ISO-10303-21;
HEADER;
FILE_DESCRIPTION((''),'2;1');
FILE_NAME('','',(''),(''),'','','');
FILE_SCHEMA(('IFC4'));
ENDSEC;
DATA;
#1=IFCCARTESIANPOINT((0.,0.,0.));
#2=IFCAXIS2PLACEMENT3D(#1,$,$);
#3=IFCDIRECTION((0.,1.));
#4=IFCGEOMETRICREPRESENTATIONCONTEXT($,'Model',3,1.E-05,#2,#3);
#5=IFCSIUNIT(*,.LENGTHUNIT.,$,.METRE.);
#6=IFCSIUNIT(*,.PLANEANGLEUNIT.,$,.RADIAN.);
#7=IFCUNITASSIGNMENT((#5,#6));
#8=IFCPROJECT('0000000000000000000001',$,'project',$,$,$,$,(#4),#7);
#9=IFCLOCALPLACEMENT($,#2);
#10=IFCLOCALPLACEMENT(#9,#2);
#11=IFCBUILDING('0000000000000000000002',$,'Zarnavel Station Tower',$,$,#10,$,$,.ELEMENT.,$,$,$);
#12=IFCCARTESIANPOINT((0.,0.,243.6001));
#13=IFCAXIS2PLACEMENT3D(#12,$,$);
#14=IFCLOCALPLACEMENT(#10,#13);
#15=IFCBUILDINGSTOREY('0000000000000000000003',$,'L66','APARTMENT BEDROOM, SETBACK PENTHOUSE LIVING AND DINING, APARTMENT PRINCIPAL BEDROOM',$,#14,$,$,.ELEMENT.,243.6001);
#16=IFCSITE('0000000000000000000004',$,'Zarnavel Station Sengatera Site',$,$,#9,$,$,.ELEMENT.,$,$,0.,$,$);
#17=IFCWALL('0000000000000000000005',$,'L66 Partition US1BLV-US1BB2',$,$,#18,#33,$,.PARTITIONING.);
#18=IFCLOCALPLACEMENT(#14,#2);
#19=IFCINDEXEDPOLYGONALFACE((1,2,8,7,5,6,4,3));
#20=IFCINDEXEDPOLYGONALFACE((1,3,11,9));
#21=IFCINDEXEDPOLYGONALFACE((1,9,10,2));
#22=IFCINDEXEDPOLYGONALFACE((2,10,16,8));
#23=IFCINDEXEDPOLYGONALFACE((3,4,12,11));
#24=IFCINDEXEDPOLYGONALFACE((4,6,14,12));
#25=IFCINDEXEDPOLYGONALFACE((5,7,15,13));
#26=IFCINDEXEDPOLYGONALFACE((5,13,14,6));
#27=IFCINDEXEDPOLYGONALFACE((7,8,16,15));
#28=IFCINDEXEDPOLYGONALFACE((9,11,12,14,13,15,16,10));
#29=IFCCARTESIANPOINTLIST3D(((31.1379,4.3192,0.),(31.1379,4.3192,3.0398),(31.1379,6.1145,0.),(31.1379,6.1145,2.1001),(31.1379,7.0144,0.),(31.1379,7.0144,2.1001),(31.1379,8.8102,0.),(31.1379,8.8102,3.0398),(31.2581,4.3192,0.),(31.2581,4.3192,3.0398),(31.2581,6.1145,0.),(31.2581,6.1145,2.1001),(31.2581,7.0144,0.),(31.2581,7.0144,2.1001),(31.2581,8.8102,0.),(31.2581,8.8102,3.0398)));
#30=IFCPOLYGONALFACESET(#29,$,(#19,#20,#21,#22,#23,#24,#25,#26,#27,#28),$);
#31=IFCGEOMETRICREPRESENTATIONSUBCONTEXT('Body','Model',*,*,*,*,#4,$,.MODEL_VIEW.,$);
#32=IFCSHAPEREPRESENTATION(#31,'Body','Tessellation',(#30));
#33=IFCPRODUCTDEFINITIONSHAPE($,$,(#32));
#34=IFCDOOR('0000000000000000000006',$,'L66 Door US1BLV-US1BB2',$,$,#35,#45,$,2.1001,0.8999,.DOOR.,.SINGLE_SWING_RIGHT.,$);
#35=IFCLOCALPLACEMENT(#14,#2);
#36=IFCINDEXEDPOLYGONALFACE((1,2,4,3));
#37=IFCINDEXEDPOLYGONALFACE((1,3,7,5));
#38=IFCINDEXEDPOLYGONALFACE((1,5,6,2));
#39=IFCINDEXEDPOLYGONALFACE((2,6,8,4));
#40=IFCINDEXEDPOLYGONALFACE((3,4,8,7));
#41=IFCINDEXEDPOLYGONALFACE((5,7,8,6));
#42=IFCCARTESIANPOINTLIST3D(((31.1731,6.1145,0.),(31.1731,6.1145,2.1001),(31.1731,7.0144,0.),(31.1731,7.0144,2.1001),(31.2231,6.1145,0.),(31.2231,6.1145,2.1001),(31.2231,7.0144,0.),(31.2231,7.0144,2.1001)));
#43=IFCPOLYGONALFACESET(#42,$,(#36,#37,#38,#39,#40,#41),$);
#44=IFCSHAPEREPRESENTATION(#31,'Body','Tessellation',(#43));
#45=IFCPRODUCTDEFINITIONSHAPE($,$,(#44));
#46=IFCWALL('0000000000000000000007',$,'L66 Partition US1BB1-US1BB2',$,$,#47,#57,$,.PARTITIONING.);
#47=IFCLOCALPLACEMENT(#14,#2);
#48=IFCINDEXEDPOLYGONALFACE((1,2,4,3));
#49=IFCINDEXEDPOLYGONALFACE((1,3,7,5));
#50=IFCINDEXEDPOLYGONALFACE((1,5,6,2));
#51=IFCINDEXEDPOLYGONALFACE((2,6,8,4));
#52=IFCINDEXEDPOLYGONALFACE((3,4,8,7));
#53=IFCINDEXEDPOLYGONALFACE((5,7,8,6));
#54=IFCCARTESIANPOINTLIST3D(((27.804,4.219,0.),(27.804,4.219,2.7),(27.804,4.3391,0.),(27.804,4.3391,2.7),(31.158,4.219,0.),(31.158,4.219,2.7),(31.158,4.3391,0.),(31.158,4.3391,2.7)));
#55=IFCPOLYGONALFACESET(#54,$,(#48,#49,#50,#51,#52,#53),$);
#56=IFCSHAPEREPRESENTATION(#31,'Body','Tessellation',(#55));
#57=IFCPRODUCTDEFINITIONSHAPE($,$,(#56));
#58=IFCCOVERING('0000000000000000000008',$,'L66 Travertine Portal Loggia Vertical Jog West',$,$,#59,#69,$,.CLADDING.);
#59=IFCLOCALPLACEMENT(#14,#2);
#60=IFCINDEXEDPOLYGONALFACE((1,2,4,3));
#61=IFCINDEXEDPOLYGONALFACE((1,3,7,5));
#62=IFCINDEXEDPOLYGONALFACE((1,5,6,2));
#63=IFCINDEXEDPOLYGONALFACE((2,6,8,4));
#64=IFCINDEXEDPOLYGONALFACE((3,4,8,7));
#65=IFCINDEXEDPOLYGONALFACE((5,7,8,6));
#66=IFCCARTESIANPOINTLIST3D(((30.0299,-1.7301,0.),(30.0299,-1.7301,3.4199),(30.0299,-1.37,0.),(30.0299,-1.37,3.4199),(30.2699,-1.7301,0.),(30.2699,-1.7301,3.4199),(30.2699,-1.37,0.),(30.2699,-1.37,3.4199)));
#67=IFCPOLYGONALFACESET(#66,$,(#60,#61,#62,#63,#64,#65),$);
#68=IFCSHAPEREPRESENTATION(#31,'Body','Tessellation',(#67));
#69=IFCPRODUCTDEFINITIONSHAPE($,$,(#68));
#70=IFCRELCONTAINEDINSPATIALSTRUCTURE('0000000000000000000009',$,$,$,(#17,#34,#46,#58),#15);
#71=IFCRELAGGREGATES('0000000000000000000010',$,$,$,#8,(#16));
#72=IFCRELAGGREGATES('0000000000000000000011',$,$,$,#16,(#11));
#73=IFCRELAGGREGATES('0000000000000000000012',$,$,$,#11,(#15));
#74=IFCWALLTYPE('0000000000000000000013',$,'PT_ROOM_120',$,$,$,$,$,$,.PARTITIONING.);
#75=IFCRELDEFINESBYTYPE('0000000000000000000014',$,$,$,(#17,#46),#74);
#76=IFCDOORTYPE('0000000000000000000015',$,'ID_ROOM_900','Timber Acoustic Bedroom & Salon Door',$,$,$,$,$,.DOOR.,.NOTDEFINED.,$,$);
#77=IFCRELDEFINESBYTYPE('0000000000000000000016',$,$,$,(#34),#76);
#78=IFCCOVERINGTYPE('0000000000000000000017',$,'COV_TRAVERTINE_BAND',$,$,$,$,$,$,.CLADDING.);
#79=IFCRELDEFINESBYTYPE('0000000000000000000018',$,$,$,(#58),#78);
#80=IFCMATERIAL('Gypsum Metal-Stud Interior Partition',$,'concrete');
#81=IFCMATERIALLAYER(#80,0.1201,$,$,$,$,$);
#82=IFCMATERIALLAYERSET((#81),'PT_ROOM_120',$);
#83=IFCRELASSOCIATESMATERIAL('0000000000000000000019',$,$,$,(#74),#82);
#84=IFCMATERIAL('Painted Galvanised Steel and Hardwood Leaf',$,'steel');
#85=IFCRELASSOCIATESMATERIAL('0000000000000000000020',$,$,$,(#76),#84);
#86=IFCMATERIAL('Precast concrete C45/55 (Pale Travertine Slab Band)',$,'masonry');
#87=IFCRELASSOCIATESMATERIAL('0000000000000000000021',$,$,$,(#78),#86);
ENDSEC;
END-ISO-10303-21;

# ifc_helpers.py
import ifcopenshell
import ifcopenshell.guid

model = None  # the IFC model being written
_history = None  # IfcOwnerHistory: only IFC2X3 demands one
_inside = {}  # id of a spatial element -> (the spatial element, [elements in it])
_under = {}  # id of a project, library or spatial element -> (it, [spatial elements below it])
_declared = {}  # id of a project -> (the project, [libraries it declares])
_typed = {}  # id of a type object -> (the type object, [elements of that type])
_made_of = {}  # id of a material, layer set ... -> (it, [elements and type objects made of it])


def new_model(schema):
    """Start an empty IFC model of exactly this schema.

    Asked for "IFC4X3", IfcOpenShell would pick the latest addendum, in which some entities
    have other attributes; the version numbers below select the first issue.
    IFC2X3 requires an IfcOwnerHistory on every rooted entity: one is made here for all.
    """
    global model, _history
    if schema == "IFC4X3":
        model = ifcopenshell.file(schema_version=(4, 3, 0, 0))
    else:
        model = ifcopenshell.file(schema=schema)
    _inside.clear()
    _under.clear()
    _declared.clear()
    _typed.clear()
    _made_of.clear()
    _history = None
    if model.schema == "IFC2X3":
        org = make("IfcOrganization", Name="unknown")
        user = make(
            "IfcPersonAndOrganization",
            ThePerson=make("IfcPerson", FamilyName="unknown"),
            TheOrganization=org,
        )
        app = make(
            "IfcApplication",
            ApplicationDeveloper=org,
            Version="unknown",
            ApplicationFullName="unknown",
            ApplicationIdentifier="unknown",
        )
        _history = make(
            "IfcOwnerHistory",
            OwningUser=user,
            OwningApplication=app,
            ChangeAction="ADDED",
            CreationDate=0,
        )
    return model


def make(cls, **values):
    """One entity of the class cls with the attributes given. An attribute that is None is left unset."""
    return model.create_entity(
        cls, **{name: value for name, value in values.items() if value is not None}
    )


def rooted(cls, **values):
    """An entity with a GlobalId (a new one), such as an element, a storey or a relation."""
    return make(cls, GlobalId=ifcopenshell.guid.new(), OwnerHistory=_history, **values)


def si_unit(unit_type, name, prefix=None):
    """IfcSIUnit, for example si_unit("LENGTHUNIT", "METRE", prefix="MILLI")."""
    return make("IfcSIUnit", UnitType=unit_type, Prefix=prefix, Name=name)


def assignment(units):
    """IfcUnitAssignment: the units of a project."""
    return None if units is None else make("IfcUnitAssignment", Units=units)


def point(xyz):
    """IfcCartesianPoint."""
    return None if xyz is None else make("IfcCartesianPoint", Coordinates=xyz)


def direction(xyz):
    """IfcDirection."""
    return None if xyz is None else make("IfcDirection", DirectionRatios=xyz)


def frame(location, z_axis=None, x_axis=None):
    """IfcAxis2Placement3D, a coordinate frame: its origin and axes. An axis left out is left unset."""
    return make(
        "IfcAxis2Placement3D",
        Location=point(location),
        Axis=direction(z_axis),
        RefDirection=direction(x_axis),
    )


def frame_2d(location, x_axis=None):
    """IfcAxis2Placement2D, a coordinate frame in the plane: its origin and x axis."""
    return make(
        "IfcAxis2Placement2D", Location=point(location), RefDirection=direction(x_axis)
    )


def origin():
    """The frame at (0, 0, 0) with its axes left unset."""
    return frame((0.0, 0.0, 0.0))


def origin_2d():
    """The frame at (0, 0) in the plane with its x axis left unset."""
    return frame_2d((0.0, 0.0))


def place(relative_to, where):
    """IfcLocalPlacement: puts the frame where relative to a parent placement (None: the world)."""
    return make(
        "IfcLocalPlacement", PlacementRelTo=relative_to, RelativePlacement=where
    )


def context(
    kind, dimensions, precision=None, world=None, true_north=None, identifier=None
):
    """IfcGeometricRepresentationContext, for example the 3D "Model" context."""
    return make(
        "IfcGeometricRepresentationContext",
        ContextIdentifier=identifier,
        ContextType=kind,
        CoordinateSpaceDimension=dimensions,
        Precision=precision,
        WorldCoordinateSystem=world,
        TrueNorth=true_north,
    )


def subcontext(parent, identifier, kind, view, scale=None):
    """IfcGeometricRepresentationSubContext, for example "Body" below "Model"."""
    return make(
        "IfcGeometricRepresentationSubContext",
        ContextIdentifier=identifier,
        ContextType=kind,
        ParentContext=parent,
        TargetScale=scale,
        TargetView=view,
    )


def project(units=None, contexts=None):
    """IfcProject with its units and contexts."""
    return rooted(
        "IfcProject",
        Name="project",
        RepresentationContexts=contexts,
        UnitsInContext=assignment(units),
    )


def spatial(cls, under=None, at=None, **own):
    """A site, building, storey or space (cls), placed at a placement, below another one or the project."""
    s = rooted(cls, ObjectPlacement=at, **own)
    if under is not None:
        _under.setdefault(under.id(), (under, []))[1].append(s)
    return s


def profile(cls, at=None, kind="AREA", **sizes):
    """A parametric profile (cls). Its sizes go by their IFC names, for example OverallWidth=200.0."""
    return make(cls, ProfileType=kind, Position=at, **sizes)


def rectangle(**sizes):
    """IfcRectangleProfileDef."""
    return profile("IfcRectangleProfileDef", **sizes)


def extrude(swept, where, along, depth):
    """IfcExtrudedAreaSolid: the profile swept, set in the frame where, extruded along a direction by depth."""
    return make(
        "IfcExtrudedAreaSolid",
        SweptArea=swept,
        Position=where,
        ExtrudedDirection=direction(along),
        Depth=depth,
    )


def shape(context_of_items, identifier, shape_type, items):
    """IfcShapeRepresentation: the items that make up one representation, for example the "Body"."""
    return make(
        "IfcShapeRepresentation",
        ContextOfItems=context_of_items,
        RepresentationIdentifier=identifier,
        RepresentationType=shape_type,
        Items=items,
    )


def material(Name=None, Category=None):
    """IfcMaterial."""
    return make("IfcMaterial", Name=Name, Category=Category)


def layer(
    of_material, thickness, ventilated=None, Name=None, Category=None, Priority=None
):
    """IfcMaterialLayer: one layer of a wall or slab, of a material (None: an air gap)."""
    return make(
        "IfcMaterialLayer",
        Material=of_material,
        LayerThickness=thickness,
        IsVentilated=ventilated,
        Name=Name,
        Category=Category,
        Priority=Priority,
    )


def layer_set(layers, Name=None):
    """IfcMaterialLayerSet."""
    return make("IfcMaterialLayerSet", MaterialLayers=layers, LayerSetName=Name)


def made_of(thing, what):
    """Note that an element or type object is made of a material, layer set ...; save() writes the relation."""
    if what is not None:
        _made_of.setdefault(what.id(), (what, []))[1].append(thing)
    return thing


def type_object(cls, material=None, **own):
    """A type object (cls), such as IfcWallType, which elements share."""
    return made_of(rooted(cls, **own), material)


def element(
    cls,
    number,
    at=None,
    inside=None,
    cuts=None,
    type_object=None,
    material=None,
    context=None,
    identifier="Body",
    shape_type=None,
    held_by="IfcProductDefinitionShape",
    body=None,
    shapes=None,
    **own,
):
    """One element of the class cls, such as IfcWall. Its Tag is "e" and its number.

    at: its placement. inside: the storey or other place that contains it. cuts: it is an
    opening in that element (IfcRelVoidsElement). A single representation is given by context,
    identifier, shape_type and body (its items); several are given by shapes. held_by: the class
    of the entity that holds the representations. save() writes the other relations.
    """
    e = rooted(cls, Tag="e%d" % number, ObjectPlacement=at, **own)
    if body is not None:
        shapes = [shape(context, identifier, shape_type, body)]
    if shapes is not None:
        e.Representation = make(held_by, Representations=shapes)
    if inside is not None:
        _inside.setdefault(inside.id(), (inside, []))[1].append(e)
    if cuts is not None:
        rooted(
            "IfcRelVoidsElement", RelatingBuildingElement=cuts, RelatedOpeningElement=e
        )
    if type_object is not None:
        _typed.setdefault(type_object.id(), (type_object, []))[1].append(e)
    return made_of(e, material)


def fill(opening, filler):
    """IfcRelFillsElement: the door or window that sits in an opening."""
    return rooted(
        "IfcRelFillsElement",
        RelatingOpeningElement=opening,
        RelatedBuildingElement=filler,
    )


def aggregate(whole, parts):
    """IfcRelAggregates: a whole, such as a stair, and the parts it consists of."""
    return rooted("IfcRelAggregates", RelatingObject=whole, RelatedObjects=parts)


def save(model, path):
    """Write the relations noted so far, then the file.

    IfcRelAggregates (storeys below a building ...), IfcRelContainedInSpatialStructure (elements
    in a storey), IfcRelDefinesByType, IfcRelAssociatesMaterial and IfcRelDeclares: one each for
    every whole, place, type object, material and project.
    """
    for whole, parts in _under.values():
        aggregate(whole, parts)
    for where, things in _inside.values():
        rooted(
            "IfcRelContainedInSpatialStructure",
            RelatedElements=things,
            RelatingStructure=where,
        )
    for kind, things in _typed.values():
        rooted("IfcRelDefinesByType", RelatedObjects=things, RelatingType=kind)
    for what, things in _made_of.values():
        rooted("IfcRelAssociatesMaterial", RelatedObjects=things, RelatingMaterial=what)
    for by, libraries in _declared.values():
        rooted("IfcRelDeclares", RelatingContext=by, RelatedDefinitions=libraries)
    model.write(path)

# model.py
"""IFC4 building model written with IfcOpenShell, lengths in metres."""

from ifc_helpers import new_model, si_unit, direction, frame, frame_2d, origin, origin_2d, place, context, subcontext, project, spatial, rectangle, extrude, material, layer, layer_set, type_object, element, fill, save


model = new_model("IFC4")

# Units and contexts
model_context = context("Model", 3, precision=1e-05, world=origin(), true_north=direction((0.0, 1.0)))
body_context = subcontext(model_context, "Body", "Model", "MODEL_VIEW")
ifc_project = project(units=[si_unit("LENGTHUNIT", "METRE"), si_unit("PLANEANGLEUNIT", "RADIAN")], contexts=[model_context])

# Site, building, storey
site_placement = place(None, origin())
site = spatial("IfcSite", under=ifc_project, at=site_placement, Name="Zarnavel Station Sengatera Site", CompositionType="ELEMENT", RefElevation=0.0)
building_placement = place(site_placement, origin())
building = spatial("IfcBuilding", under=site, at=building_placement, Name="Zarnavel Station Tower", CompositionType="ELEMENT")
storey_placement = place(building_placement, frame((0.0, 0.0, 243.6001)))
storey = spatial("IfcBuildingStorey", under=building, at=storey_placement, Name="L66", Description="APARTMENT BEDROOM, SETBACK PENTHOUSE LIVING AND DINING, APARTMENT PRINCIPAL BEDROOM", CompositionType="ELEMENT", Elevation=243.6001)

# Wall, opening, door
ifc_material_1 = material(Name="Gypsum Metal-Stud Interior Partition", Category="concrete")
ifc_layer_1 = layer(ifc_material_1, 0.1201)
ifc_layer_set_1 = layer_set([ifc_layer_1], Name="PT_ROOM_120")
wall_type_1 = type_object("IfcWallType", Name="PT_ROOM_120", PredefinedType="PARTITIONING", material=ifc_layer_set_1)
ifc_material_2 = material(Name="Painted Galvanised Steel and Hardwood Leaf", Category="steel")
door_type_1 = type_object("IfcDoorType", Name="ID_ROOM_900", Description="Timber Acoustic Bedroom & Salon Door", OperationType="NOTDEFINED", PredefinedType="DOOR", material=ifc_material_2)
wall_1_placement = place(storey_placement, frame((31.198, 4.3191, 0.0), z_axis=(0.0, 0.0, 1.0), x_axis=(0.0, 1.0, 0.0)))
wall_1 = element("IfcWall", 1, at=wall_1_placement, inside=storey, type_object=wall_type_1, Name="L66 Partition US1BLV-US1BB2", PredefinedType="PARTITIONING", context=body_context, shape_type="SweptSolid", body=[
    extrude(rectangle(XDim=4.491, YDim=0.1201, at=frame_2d((2.2456, 0.0))), origin(), (0.0, 0.0, 1.0), 3.0398),
])
opening_1_placement = place(wall_1_placement, frame((1.7954, 0.0, 0.0)))
opening_1 = element("IfcOpeningElement", 2, at=opening_1_placement, cuts=wall_1, PredefinedType="OPENING", context=body_context, shape_type="SweptSolid", body=[
    extrude(rectangle(XDim=0.8999, YDim=2.1001, at=frame_2d((0.45, 1.05))), frame((0.0, 0.0701, 0.0), z_axis=(0.0, -1.0, 0.0), x_axis=(1.0, 0.0, 0.0)), (0.0, 0.0, 1.0), 0.1401),
])
door_1_placement = place(opening_1_placement, origin())
door_1 = element("IfcDoor", 3, at=door_1_placement, inside=storey, type_object=door_type_1, Name="L66 Door US1BLV-US1BB2", OperationType="SINGLE_SWING_RIGHT", OverallHeight=2.1001, OverallWidth=0.8999, PredefinedType="DOOR", context=body_context, shape_type="SweptSolid", body=[
    extrude(rectangle(XDim=0.8999, YDim=2.1001, at=frame_2d((0.45, 1.05))), frame((0.0, 0.0249, 0.0), z_axis=(0.0, -1.0, 0.0), x_axis=(1.0, 0.0, 0.0)), (0.0, 0.0, 1.0), 0.05),
])
fill(opening_1, door_1)

# Wall
wall_2_placement = place(storey_placement, frame((27.804, 4.2791, 0.0), z_axis=(0.0, 0.0, 1.0), x_axis=(1.0, 0.0, 0.0)))
element("IfcWall", 4, at=wall_2_placement, inside=storey, type_object=wall_type_1, Name="L66 Partition US1BB1-US1BB2", PredefinedType="PARTITIONING", context=body_context, shape_type="SweptSolid", body=[
    extrude(rectangle(XDim=3.354, YDim=0.1201, at=frame_2d((1.677, 0.0))), origin(), (0.0, 0.0, 1.0), 2.7),
])

# Covering
ifc_material_3 = material(Name="Precast concrete C45/55 (Pale Travertine Slab Band)", Category="masonry")
covering_type = type_object("IfcCoveringType", Name="COV_TRAVERTINE_BAND", PredefinedType="CLADDING", material=ifc_material_3)
covering_placement = place(storey_placement, frame((30.1499, -1.55, 0.0), z_axis=(0.0, 0.0, 1.0), x_axis=(1.0, 0.0, 0.0)))
element("IfcCovering", 5, at=covering_placement, inside=storey, type_object=covering_type, Name="L66 Travertine Portal Loggia Vertical Jog West", PredefinedType="CLADDING", context=body_context, shape_type="SweptSolid", body=[
    extrude(rectangle(XDim=0.24, YDim=0.3601, at=origin_2d()), origin(), (0.0, 0.0, 1.0), 3.4199),
])

save(model, "model.ifc")
